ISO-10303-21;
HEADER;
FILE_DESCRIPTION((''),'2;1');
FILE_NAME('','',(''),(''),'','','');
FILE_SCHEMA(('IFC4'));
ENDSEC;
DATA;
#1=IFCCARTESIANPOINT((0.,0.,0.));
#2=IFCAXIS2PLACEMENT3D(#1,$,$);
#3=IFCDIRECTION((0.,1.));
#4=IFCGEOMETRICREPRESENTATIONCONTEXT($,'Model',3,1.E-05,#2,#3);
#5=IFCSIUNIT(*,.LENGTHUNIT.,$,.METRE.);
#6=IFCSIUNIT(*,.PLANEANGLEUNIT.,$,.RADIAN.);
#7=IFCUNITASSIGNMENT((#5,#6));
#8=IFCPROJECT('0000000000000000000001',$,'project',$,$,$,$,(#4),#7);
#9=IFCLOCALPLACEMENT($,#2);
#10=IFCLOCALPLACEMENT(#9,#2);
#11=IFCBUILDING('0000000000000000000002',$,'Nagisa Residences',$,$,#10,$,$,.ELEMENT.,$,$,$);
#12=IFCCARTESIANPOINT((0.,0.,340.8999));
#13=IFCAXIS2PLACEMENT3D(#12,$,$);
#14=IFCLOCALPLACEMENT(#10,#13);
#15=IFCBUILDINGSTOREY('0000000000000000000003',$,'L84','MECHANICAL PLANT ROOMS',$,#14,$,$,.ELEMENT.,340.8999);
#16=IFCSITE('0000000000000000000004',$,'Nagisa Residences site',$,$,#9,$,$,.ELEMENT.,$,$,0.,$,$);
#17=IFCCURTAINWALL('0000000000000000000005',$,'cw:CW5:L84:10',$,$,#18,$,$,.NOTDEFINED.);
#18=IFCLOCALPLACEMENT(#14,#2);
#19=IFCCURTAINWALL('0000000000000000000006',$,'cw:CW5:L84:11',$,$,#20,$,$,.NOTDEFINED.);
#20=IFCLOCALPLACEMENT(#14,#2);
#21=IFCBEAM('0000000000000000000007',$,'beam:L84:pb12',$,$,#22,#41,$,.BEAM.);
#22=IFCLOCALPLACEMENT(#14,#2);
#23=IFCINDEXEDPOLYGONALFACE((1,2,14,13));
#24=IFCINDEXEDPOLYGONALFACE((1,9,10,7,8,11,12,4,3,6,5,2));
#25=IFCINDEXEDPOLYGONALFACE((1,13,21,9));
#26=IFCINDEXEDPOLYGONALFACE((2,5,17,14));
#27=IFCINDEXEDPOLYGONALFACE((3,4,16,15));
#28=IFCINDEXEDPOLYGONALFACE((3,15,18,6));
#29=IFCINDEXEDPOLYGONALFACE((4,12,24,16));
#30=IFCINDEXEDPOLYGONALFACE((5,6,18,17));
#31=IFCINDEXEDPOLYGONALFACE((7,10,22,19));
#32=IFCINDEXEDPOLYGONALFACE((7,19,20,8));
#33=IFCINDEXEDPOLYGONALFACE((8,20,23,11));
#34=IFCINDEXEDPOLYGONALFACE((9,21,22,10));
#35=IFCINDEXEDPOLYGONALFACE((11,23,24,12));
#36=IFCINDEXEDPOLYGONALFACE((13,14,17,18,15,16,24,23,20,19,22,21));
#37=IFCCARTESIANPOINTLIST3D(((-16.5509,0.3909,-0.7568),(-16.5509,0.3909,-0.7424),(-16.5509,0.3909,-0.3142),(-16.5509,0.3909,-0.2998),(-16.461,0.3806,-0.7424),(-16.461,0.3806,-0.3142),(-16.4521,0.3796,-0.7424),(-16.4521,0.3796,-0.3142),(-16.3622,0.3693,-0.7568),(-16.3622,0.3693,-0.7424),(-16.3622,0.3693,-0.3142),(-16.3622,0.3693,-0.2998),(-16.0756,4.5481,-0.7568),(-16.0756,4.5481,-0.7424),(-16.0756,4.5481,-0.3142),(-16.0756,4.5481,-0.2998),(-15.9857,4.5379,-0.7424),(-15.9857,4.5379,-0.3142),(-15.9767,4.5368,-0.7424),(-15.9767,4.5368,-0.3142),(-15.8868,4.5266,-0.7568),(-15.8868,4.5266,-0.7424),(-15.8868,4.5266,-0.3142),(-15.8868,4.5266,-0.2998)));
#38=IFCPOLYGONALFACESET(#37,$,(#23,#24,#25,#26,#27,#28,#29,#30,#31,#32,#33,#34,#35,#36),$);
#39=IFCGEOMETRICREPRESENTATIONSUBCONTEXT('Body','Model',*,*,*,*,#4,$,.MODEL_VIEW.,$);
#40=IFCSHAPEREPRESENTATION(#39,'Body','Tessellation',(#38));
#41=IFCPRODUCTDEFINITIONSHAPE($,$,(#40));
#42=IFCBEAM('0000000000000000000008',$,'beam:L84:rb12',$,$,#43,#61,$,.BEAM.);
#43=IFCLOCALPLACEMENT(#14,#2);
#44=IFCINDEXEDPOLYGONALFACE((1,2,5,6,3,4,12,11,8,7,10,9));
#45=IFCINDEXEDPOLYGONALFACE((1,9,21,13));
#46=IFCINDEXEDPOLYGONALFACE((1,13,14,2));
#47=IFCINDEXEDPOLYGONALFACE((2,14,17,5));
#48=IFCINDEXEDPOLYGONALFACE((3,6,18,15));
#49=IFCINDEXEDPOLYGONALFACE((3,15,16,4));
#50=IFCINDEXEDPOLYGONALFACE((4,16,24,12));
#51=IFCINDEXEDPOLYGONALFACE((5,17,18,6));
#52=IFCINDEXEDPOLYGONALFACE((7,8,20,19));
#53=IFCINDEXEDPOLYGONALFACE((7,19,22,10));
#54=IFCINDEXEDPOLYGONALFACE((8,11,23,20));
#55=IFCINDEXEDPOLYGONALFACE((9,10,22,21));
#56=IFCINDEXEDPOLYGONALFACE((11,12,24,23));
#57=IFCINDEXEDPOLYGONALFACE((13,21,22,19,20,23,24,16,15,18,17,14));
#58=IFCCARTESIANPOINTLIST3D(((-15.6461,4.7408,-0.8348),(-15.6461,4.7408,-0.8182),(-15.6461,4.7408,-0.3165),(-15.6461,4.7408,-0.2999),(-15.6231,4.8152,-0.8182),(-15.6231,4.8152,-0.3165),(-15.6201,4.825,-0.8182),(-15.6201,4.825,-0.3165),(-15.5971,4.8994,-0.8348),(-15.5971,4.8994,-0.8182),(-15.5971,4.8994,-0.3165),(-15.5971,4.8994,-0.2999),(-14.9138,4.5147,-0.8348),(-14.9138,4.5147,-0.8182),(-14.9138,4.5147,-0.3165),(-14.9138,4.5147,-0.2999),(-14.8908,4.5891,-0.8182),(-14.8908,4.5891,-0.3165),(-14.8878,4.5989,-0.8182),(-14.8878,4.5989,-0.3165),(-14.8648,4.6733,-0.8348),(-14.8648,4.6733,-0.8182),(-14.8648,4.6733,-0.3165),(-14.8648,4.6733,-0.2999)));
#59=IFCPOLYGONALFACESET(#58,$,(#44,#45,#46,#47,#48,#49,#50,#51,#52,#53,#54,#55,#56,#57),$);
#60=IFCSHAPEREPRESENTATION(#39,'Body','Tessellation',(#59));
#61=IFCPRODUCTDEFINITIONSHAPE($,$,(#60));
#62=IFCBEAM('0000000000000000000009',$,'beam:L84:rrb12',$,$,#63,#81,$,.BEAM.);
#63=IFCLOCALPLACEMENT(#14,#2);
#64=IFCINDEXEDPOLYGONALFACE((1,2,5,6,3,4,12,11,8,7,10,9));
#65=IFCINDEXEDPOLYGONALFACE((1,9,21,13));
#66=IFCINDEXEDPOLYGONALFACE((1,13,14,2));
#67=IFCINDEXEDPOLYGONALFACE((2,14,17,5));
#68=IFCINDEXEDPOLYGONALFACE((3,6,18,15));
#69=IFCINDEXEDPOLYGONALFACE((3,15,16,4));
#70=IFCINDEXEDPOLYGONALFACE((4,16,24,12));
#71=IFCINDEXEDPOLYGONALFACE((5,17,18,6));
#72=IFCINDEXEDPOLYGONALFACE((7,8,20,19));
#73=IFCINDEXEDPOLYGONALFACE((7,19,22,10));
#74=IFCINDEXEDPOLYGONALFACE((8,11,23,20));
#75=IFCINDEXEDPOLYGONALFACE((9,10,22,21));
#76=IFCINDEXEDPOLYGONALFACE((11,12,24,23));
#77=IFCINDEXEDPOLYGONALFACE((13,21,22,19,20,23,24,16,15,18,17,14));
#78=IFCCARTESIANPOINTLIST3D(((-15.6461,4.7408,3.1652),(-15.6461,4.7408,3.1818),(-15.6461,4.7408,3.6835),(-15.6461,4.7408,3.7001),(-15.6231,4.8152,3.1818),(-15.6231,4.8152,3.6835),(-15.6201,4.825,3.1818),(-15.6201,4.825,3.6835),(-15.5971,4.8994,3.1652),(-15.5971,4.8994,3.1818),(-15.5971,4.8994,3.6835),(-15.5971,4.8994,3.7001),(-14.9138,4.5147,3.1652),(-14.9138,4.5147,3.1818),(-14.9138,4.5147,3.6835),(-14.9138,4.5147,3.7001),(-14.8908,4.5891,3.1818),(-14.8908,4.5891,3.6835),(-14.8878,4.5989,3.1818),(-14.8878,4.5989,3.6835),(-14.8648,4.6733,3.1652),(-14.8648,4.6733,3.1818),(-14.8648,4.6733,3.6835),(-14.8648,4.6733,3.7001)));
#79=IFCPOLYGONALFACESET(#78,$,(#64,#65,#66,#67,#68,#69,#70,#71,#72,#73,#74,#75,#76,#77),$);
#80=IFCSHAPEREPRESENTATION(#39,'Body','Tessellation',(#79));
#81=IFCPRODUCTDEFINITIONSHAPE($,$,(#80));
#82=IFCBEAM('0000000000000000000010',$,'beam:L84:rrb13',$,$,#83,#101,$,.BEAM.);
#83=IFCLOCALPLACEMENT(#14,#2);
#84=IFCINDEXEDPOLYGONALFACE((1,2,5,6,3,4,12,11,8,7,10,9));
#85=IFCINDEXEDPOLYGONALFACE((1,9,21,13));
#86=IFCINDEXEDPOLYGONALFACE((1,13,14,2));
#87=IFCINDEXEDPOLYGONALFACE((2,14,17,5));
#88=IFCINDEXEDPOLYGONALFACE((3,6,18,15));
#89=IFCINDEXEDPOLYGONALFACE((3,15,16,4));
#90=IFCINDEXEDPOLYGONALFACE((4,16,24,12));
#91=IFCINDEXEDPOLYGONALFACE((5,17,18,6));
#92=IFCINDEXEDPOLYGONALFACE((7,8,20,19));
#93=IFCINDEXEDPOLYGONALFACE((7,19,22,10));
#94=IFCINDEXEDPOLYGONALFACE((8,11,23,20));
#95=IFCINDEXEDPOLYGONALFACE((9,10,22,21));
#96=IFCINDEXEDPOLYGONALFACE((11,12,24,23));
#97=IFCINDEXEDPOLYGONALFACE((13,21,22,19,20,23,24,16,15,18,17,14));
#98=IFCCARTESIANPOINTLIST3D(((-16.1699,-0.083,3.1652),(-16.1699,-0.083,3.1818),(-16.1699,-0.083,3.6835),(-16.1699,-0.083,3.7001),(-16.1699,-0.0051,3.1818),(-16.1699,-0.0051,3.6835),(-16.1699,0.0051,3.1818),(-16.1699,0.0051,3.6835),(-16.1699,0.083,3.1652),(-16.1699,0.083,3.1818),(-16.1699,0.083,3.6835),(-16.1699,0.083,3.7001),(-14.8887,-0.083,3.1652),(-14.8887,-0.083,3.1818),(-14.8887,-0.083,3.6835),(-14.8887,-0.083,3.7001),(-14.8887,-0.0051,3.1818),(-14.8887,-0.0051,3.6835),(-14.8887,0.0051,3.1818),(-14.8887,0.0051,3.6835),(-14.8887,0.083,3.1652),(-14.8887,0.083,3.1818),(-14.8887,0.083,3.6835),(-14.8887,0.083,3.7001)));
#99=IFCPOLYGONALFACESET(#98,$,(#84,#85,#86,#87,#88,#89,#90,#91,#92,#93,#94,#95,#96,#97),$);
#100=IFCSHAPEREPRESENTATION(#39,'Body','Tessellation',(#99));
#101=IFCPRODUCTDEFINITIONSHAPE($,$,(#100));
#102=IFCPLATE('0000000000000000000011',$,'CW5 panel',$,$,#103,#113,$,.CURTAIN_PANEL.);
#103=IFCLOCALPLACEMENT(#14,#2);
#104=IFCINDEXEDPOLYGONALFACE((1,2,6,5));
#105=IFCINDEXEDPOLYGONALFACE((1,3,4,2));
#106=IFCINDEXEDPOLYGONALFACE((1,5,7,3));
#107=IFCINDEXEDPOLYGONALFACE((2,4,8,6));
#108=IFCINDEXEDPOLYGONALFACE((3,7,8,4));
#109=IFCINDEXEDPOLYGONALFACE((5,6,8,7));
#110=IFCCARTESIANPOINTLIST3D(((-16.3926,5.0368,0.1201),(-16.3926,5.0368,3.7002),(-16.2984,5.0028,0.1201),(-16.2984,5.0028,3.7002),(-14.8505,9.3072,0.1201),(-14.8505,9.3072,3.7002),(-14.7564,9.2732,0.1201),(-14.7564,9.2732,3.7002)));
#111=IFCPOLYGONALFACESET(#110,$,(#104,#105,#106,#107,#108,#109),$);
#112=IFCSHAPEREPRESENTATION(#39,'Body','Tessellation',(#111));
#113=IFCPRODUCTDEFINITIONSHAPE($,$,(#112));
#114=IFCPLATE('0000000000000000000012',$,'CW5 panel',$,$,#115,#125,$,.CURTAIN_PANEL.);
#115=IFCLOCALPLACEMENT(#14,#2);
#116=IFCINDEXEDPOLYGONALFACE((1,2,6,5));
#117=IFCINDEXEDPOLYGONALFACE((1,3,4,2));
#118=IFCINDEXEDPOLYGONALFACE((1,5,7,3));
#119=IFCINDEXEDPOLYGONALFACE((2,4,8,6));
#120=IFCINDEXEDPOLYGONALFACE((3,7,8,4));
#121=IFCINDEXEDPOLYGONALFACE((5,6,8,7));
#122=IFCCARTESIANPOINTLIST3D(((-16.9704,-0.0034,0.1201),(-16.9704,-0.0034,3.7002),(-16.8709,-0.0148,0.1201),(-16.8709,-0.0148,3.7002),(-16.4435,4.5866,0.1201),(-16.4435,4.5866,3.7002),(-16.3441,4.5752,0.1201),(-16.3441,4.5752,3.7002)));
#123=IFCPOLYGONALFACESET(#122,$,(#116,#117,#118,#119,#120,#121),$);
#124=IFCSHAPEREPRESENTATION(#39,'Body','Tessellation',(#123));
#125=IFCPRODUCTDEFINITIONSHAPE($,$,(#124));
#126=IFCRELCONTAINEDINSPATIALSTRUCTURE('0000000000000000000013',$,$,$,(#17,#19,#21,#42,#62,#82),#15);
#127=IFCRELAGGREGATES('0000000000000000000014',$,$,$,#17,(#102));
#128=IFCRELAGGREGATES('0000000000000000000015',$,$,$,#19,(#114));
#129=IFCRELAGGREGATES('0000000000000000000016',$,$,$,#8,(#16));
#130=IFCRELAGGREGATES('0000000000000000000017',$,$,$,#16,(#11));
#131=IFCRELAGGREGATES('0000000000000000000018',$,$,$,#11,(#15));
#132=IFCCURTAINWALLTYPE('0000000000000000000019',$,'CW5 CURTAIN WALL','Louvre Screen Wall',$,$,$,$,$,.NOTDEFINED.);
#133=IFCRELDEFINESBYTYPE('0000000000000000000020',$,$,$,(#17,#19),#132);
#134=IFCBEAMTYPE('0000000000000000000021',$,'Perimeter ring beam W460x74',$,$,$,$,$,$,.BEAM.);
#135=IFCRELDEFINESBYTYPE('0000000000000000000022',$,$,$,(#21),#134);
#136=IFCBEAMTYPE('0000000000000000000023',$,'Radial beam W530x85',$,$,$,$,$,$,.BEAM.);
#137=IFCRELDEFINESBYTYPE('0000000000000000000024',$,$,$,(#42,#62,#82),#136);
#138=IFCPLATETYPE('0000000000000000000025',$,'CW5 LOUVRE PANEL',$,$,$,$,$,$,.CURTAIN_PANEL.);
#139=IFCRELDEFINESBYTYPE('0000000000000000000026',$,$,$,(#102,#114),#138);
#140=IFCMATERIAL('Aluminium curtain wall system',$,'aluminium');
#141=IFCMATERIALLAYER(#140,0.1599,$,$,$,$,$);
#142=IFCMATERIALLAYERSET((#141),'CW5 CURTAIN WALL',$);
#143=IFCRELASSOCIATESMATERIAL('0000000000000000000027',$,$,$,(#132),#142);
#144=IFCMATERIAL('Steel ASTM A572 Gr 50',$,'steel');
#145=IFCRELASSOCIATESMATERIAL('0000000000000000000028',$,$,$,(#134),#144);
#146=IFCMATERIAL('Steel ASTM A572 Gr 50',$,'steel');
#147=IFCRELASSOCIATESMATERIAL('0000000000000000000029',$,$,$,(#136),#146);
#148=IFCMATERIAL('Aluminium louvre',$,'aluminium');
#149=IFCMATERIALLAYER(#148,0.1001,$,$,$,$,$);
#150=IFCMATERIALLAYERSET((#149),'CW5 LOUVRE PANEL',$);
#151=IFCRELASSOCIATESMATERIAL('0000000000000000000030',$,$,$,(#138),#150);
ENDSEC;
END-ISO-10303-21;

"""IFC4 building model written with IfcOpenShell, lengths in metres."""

from ifc_helpers import new_model, si_unit, direction, frame, origin, origin_2d, place, context, subcontext, project, spatial, rectangle, i_section, extrude, material, layer, layer_set, material_profile, profile_set, type_object, element, aggregate, save


model = new_model("IFC4")

# Units and contexts
model_context = context("Model", 3, precision=1e-05, world=origin(), true_north=direction((0.0, 1.0)))
body_context = subcontext(model_context, "Body", "Model", "MODEL_VIEW")
ifc_project = project(units=[si_unit("LENGTHUNIT", "METRE"), si_unit("PLANEANGLEUNIT", "RADIAN")], contexts=[model_context])

# Site, building, storey
site_placement = place(None, origin())
site = spatial("IfcSite", under=ifc_project, at=site_placement, Name="Nagisa Residences site", CompositionType="ELEMENT", RefElevation=0.0)
building_placement = place(site_placement, origin())
building = spatial("IfcBuilding", under=site, at=building_placement, Name="Nagisa Residences", CompositionType="ELEMENT")
storey_placement = place(building_placement, frame((0.0, 0.0, 340.8999)))
storey = spatial("IfcBuildingStorey", under=building, at=storey_placement, Name="L84", Description="MECHANICAL PLANT ROOMS", CompositionType="ELEMENT", Elevation=340.8999)

# Curtain walls
ifc_material_1 = material(Name="Aluminium curtain wall system", Category="aluminium")
ifc_layer_1 = layer(ifc_material_1, 0.1599)
ifc_layer_set_1 = layer_set([ifc_layer_1], Name="CW5 CURTAIN WALL")
curtain_wall_type = type_object("IfcCurtainWallType", Name="CW5 CURTAIN WALL", Description="Louvre Screen Wall", PredefinedType="NOTDEFINED", material=ifc_layer_set_1)
curtain_wall_1_placement = place(storey_placement, origin())
curtain_wall_1 = element("IfcCurtainWall", 1, at=curtain_wall_1_placement, inside=storey, type_object=curtain_wall_type, Name="cw:CW5:L84:10", PredefinedType="NOTDEFINED")
curtain_wall_2_placement = place(storey_placement, origin())
curtain_wall_2 = element("IfcCurtainWall", 2, at=curtain_wall_2_placement, inside=storey, type_object=curtain_wall_type, Name="cw:CW5:L84:11", PredefinedType="NOTDEFINED")

# Beams
ifc_material_2 = material(Name="Steel ASTM A572 Gr 50", Category="steel")
ifc_material_profile_1 = material_profile(ifc_material_2, i_section(OverallWidth=0.1899, OverallDepth=0.457, WebThickness=0.009, FlangeThickness=0.0144, at=origin_2d()), Name="W460x74")
ifc_profile_set_1 = profile_set([ifc_material_profile_1], Name="Steel ASTM A572 Gr 50")
beam_type_1 = type_object("IfcBeamType", Name="Perimeter ring beam W460x74", PredefinedType="BEAM", material=ifc_profile_set_1)
beam_1_placement = place(storey_placement, frame((-15.9812, 4.5374, -0.5283), z_axis=(-0.113601, -0.993526, 0.0), x_axis=(0.993526, -0.113601, 0.0)))
element("IfcBeam", 3, at=beam_1_placement, inside=storey, type_object=beam_type_1, Name="beam:L84:pb12", PredefinedType="BEAM", context=body_context, shape_type="SweptSolid", body=[
    extrude(i_section(OverallWidth=0.1899, OverallDepth=0.457, WebThickness=0.009, FlangeThickness=0.0144, at=origin_2d()), origin(), (0.0, 0.0, 1.0), 4.1843),
])
ifc_material_3 = material(Name="Steel ASTM A572 Gr 50", Category="steel")
ifc_material_profile_2 = material_profile(ifc_material_3, i_section(OverallWidth=0.166, OverallDepth=0.5349, WebThickness=0.0103, FlangeThickness=0.0166, at=origin_2d()), Name="W530x85")
ifc_profile_set_2 = profile_set([ifc_material_profile_2], Name="Steel ASTM A572 Gr 50")
beam_type_2 = type_object("IfcBeamType", Name="Radial beam W530x85", PredefinedType="BEAM", material=ifc_profile_set_2)
for number, where, z_axis, x_axis, name in (
    (4, (-15.6216, 4.8201, -0.5674), (0.955489, -0.295026, 0.0), (0.295026, 0.955489, 0.0), "beam:L84:rb12"),
    (5, (-15.6216, 4.8201, 3.4326), (0.955489, -0.295026, 0.0), (0.295026, 0.955489, 0.0), "beam:L84:rrb12"),
):
    element("IfcBeam", number, at=place(storey_placement, frame(where, z_axis=z_axis, x_axis=x_axis)), inside=storey, type_object=beam_type_2, Name=name, PredefinedType="BEAM", context=body_context, shape_type="SweptSolid", body=[
        extrude(i_section(OverallWidth=0.166, OverallDepth=0.5349, WebThickness=0.0103, FlangeThickness=0.0166, at=origin_2d()), origin(), (0.0, 0.0, 1.0), 0.7664),
    ])
beam_2_placement = place(storey_placement, frame((-16.1699, 0.0, 3.4326), z_axis=(1.0, 0.0, 0.0), x_axis=(0.0, 1.0, 0.0)))
element("IfcBeam", 6, at=beam_2_placement, inside=storey, type_object=beam_type_2, Name="beam:L84:rrb13", PredefinedType="BEAM", context=body_context, shape_type="SweptSolid", body=[
    extrude(i_section(OverallWidth=0.166, OverallDepth=0.5349, WebThickness=0.0103, FlangeThickness=0.0166, at=origin_2d()), origin(), (0.0, 0.0, 1.0), 1.2812),
])

# Plates
ifc_material_4 = material(Name="Aluminium louvre", Category="aluminium")
ifc_layer_2 = layer(ifc_material_4, 0.1001)
ifc_layer_set_2 = layer_set([ifc_layer_2], Name="CW5 LOUVRE PANEL")
plate_type = type_object("IfcPlateType", Name="CW5 LOUVRE PANEL", PredefinedType="CURTAIN_PANEL", material=ifc_layer_set_2)
plate_1_placement = place(storey_placement, frame((-15.5745, 7.155, 0.1201), z_axis=(0.0, 0.0, 1.0), x_axis=(-0.339643, -0.940554, 0.0)))
plate_1 = element("IfcPlate", 7, at=plate_1_placement, type_object=plate_type, Name="CW5 panel", PredefinedType="CURTAIN_PANEL", context=body_context, shape_type="SweptSolid", body=[
    extrude(rectangle(XDim=4.5403, YDim=0.1001, at=origin_2d()), origin(), (0.0, 0.0, 1.0), 3.5801),
])
aggregate(curtain_wall_1, [plate_1])
plate_2_placement = place(storey_placement, frame((-16.6572, 2.2859, 0.1201), z_axis=(0.0, 0.0, 1.0), x_axis=(-0.114025, -0.993478, 0.0)))
plate_2 = element("IfcPlate", 8, at=plate_2_placement, type_object=plate_type, Name="CW5 panel", PredefinedType="CURTAIN_PANEL", context=body_context, shape_type="SweptSolid", body=[
    extrude(rectangle(XDim=4.6201, YDim=0.1001, at=origin_2d()), origin(), (0.0, 0.0, 1.0), 3.5801),
])
aggregate(curtain_wall_2, [plate_2])

save(model, "model.ifc")
